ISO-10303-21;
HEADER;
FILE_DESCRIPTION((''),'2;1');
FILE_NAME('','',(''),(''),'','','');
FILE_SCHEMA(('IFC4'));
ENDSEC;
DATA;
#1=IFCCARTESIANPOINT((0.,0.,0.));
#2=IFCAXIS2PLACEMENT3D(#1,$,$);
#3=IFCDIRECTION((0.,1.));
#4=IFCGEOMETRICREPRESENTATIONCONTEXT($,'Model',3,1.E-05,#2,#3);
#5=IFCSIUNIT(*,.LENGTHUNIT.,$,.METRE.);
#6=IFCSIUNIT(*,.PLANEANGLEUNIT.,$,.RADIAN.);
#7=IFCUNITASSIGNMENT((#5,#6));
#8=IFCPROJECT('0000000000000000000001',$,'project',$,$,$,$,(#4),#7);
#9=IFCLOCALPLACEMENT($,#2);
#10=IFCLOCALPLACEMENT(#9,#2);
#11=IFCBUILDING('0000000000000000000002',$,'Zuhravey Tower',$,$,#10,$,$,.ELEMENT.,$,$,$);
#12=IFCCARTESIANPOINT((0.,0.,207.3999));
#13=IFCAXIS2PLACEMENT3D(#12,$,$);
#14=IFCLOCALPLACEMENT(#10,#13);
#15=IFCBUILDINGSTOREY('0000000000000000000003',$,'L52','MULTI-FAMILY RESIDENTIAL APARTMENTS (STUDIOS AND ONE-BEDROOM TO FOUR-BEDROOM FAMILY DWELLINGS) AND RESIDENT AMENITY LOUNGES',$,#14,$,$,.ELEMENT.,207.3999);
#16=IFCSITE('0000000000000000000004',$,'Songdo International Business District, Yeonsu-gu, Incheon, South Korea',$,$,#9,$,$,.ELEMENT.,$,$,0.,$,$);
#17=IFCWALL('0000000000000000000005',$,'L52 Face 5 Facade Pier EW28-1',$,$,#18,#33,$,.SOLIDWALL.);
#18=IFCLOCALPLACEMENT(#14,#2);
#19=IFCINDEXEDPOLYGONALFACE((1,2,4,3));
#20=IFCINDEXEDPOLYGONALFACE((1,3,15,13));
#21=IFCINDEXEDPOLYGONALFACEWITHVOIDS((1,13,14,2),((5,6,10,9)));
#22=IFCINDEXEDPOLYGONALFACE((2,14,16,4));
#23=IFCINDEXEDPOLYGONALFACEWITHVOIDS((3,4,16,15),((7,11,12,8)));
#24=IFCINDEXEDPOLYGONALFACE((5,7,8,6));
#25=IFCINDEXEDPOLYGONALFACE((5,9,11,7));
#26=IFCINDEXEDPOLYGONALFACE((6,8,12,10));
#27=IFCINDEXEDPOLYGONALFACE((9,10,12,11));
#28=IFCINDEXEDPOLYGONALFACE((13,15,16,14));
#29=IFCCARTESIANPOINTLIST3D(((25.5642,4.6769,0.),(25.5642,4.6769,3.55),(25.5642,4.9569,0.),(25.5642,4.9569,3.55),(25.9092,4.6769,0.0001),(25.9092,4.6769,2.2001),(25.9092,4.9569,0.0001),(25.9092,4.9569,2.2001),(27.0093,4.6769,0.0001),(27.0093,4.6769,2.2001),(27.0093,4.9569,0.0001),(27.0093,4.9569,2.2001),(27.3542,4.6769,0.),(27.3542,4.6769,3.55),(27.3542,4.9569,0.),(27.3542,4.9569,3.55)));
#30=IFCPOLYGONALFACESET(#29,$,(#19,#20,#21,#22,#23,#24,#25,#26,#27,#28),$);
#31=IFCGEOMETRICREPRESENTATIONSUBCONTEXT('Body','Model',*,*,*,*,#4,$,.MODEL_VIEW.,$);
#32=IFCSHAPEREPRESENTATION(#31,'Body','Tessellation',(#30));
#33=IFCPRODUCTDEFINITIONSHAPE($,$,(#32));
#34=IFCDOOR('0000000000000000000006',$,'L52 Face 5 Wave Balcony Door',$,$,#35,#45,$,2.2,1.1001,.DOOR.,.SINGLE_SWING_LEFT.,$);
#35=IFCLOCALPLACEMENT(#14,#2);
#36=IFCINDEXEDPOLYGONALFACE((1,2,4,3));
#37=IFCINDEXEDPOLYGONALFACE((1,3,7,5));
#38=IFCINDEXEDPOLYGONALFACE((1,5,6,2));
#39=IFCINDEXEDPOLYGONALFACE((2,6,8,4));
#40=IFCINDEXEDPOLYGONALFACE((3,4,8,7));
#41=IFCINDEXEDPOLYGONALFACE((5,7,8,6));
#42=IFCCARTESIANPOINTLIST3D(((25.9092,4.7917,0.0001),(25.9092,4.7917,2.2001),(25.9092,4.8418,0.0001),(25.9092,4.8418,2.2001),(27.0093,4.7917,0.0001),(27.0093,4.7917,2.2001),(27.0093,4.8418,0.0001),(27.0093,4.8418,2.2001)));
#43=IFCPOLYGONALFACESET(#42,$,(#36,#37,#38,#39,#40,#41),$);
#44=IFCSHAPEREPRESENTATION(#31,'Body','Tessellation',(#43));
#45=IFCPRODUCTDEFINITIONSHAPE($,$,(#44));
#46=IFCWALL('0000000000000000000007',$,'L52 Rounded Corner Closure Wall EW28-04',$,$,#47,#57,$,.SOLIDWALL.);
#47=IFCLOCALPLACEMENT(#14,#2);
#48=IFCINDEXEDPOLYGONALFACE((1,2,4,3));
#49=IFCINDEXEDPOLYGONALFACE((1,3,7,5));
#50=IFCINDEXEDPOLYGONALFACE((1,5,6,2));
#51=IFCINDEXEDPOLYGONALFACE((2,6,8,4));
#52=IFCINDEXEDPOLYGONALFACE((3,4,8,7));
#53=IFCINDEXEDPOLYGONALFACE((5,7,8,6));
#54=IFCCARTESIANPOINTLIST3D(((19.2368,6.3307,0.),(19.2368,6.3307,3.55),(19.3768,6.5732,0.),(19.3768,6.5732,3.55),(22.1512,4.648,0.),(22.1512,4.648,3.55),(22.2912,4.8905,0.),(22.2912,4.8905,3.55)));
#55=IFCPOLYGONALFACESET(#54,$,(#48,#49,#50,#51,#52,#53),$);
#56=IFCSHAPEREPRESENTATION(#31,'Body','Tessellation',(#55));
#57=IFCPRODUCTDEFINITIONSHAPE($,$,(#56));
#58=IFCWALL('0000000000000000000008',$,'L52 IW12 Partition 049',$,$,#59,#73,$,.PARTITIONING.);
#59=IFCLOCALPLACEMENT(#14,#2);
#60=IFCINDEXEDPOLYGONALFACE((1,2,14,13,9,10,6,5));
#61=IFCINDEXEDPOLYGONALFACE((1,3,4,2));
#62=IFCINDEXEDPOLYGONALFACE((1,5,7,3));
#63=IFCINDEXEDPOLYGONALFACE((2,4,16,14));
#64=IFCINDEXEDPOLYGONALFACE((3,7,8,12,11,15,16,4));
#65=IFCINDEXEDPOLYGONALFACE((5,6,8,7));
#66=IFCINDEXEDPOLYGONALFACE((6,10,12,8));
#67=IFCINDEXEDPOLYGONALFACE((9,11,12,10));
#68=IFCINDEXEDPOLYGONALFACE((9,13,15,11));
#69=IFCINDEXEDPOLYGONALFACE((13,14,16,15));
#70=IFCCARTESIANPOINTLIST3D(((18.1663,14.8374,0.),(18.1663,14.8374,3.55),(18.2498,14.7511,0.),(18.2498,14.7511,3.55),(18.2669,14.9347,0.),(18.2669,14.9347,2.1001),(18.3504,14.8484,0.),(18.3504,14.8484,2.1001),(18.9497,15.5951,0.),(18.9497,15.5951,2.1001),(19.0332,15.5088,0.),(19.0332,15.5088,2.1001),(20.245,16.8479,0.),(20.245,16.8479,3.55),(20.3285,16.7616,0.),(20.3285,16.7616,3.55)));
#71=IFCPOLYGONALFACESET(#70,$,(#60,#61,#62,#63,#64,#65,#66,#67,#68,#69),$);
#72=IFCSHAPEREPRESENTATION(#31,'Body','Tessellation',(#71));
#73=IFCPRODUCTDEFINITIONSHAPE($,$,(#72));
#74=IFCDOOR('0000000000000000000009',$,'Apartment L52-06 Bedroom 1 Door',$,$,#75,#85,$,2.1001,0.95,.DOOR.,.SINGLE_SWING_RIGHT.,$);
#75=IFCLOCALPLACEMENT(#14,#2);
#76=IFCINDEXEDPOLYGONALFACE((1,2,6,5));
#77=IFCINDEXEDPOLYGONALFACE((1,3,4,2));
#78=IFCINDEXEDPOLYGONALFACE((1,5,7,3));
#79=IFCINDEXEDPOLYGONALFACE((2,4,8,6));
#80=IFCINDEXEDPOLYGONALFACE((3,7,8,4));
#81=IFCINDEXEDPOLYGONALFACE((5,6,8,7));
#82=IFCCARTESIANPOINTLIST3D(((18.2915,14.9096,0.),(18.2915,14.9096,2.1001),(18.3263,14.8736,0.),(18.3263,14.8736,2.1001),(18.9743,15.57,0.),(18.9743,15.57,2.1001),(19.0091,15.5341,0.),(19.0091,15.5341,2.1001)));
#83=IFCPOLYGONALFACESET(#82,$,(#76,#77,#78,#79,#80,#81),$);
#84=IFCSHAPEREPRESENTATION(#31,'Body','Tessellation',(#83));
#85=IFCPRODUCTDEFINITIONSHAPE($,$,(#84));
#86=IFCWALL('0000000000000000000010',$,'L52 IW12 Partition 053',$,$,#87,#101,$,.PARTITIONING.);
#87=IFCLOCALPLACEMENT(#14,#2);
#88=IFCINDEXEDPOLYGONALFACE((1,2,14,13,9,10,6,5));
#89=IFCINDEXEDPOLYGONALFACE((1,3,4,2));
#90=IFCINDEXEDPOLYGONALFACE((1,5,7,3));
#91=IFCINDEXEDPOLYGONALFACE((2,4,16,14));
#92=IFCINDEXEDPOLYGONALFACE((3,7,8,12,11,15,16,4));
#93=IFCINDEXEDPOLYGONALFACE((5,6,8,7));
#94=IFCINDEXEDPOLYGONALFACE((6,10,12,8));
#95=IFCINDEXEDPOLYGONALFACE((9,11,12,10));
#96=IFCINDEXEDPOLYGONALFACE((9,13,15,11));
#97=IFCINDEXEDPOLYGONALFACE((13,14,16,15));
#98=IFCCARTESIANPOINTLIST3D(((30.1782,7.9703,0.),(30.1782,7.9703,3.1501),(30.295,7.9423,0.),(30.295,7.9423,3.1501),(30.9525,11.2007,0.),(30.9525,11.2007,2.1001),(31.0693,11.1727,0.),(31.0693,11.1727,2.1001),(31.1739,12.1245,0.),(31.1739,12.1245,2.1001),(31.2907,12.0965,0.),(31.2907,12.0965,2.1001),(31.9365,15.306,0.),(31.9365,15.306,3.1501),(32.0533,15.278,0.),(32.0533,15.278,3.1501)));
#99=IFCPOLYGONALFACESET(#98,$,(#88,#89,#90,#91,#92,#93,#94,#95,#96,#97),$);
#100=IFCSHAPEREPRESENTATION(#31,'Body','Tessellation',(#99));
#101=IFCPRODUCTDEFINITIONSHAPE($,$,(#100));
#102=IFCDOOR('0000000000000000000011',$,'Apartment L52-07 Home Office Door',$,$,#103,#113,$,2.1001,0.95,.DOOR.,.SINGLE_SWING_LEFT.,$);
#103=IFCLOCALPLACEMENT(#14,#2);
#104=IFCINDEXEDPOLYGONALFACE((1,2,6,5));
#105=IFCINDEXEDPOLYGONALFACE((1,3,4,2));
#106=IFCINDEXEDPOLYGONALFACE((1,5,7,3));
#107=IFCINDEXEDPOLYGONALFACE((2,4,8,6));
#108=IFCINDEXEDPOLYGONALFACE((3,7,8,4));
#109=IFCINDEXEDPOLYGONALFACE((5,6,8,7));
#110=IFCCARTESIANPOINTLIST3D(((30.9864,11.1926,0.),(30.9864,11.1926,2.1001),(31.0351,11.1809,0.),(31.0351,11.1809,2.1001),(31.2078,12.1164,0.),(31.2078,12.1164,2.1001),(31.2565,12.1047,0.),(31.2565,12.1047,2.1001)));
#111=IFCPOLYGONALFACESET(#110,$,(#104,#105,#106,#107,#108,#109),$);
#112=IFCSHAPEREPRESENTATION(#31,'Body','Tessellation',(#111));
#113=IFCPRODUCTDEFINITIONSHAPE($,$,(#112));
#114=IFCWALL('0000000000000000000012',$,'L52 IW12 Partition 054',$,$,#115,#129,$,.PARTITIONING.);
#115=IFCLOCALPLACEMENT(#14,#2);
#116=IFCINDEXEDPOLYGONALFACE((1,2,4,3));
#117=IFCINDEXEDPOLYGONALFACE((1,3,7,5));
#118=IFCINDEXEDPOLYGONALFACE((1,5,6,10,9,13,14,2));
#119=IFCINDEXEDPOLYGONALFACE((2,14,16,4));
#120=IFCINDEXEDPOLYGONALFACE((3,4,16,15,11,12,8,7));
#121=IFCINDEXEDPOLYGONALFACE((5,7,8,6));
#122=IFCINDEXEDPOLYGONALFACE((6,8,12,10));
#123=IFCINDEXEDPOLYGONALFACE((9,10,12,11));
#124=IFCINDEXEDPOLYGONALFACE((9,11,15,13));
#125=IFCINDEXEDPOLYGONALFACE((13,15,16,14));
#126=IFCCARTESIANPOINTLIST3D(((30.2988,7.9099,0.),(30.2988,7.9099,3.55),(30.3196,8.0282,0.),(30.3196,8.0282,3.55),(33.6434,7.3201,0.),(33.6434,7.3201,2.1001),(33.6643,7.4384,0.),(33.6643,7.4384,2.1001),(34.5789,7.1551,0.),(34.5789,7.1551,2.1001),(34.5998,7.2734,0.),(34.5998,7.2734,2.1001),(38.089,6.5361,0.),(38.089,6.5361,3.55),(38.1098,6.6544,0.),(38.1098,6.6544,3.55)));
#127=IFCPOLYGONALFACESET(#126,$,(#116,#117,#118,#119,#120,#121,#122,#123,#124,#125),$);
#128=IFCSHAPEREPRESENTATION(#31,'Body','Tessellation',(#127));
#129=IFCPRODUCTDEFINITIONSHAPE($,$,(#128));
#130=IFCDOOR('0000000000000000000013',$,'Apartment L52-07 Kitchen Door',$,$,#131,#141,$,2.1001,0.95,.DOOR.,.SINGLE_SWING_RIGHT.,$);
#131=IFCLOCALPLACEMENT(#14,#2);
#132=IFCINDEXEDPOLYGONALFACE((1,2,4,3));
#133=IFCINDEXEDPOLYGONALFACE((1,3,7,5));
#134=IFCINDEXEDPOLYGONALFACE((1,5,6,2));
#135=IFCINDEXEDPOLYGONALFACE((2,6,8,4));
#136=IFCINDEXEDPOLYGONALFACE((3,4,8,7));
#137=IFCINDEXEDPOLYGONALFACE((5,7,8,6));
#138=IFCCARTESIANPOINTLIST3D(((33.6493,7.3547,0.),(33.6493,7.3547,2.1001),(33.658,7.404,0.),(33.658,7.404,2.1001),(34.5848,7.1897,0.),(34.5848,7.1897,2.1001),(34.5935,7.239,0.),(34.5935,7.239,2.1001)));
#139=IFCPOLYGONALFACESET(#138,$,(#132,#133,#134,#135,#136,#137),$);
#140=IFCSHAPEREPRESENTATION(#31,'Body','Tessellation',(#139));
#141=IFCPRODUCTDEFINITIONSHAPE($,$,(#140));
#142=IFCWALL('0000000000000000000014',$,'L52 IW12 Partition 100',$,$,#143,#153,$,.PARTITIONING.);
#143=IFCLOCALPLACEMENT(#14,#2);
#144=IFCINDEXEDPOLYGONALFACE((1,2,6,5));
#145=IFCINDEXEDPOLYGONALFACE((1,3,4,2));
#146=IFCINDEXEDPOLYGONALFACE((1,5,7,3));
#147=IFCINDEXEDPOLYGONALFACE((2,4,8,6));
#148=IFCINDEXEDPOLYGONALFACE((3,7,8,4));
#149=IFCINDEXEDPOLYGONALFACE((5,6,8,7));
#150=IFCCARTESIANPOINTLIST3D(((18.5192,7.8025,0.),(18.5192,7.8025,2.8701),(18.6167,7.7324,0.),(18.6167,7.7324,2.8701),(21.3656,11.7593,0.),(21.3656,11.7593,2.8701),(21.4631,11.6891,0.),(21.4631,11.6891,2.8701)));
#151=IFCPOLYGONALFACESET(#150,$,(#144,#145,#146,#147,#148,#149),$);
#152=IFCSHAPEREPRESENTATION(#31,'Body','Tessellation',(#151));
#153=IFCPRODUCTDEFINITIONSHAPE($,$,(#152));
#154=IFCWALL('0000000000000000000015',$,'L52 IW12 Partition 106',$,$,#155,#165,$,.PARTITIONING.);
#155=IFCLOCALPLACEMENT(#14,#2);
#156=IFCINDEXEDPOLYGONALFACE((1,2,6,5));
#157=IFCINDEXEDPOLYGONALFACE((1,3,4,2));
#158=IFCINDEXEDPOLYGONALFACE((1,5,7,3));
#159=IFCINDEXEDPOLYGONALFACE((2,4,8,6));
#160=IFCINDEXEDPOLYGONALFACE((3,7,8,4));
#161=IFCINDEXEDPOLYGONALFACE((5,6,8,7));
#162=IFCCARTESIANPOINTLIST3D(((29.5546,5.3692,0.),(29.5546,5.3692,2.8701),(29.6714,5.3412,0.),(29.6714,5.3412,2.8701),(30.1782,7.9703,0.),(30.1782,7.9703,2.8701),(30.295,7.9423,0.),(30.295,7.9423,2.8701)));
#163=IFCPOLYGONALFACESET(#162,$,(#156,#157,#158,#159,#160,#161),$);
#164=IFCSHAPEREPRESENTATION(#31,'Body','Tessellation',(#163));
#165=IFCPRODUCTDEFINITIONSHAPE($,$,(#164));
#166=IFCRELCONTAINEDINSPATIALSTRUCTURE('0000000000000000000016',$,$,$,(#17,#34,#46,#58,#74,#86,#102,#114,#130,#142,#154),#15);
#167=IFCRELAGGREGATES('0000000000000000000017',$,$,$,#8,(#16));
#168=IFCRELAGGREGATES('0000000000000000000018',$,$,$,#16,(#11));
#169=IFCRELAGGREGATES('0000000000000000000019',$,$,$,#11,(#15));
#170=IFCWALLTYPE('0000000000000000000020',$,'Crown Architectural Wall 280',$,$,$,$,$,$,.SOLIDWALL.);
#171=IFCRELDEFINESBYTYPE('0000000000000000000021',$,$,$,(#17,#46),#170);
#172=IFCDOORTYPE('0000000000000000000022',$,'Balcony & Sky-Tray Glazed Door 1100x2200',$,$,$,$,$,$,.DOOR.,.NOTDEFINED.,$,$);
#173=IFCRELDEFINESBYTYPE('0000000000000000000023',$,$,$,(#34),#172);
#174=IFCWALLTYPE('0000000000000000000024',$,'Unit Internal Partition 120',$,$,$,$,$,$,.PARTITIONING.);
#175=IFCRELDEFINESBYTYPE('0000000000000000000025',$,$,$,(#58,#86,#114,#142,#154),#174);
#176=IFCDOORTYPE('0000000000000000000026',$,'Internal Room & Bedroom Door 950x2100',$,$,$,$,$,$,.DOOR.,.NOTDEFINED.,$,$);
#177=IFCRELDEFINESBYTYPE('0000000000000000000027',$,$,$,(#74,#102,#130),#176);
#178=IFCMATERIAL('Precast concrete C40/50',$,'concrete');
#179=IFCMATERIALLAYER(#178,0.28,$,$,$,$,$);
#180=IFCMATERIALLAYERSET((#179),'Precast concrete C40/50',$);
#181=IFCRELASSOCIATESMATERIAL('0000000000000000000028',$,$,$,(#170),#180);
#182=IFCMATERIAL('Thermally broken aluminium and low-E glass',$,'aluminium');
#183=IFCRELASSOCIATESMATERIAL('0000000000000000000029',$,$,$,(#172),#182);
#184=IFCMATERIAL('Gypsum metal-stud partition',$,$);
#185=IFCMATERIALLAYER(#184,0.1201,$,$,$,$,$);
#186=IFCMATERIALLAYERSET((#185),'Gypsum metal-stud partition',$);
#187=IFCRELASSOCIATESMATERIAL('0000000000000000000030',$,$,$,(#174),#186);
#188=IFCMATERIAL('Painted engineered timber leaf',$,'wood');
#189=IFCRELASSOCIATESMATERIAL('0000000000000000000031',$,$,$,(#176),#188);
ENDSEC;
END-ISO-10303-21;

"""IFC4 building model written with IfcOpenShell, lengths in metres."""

from ifc_helpers import new_model, si_unit, direction, frame, frame_2d, origin, place, context, subcontext, project, spatial, rectangle, extrude, material, layer, layer_set, type_object, element, fill, save


model = new_model("IFC4")

# Units and contexts
model_context = context("Model", 3, precision=1e-05, world=origin(), true_north=direction((0.0, 1.0)))
body_context = subcontext(model_context, "Body", "Model", "MODEL_VIEW")
ifc_project = project(units=[si_unit("LENGTHUNIT", "METRE"), si_unit("PLANEANGLEUNIT", "RADIAN")], contexts=[model_context])

# Site, building, storey
site_placement = place(None, origin())
site = spatial("IfcSite", under=ifc_project, at=site_placement, Name="Songdo International Business District, Yeonsu-gu, Incheon, South Korea", CompositionType="ELEMENT", RefElevation=0.0)
building_placement = place(site_placement, origin())
building = spatial("IfcBuilding", under=site, at=building_placement, Name="Zuhravey Tower", CompositionType="ELEMENT")
storey_placement = place(building_placement, frame((0.0, 0.0, 207.3999)))
storey = spatial("IfcBuildingStorey", under=building, at=storey_placement, Name="L52", Description="MULTI-FAMILY RESIDENTIAL APARTMENTS (STUDIOS AND ONE-BEDROOM TO FOUR-BEDROOM FAMILY DWELLINGS) AND RESIDENT AMENITY LOUNGES", CompositionType="ELEMENT", Elevation=207.3999)

# Wall, opening, door
ifc_material_1 = material(Name="Precast concrete C40/50", Category="concrete")
ifc_layer_1 = layer(ifc_material_1, 0.28)
ifc_layer_set_1 = layer_set([ifc_layer_1], Name="Precast concrete C40/50")
wall_type_1 = type_object("IfcWallType", Name="Crown Architectural Wall 280", PredefinedType="SOLIDWALL", material=ifc_layer_set_1)
wall_1_placement = place(storey_placement, frame((27.3542, 4.8169, 0.0), z_axis=(0.0, 0.0, 1.0), x_axis=(-1.0, 0.0, 0.0)))
wall_1 = element("IfcWall", 1, at=wall_1_placement, inside=storey, type_object=wall_type_1, Name="L52 Face 5 Facade Pier EW28-1", PredefinedType="SOLIDWALL", context=body_context, shape_type="SweptSolid", body=[
    extrude(rectangle(XDim=1.79, YDim=0.28, at=frame_2d((0.895, 0.0))), origin(), (0.0, 0.0, 1.0), 3.55),
])
opening_1_placement = place(wall_1_placement, frame((0.345, 0.0, 0.0)))
opening_1 = element("IfcOpeningElement", 2, at=opening_1_placement, cuts=wall_1, PredefinedType="OPENING", context=body_context, shape_type="SweptSolid", body=[
    extrude(rectangle(XDim=1.1001, YDim=2.2, at=frame_2d((0.55, 1.1001))), frame((0.0, 0.1521, 0.0), z_axis=(0.0, -1.0, 0.0), x_axis=(1.0, 0.0, 0.0)), (0.0, 0.0, 1.0), 0.304),
])
ifc_material_2 = material(Name="Thermally broken aluminium and low-E glass", Category="aluminium")
door_type_1 = type_object("IfcDoorType", Name="Balcony & Sky-Tray Glazed Door 1100x2200", OperationType="NOTDEFINED", PredefinedType="DOOR", material=ifc_material_2)
door_1_placement = place(opening_1_placement, frame((1.1001, 0.0, 0.0), z_axis=(0.0, 0.0, 1.0), x_axis=(-1.0, 0.0, 0.0)))
door_1 = element("IfcDoor", 3, at=door_1_placement, inside=storey, type_object=door_type_1, Name="L52 Face 5 Wave Balcony Door", OperationType="SINGLE_SWING_LEFT", OverallHeight=2.2, OverallWidth=1.1001, PredefinedType="DOOR", context=body_context, shape_type="SweptSolid", body=[
    extrude(rectangle(XDim=1.1001, YDim=2.2, at=frame_2d((0.55, 1.1001))), frame((0.0, 0.0249, 0.0), z_axis=(0.0, -1.0, 0.0), x_axis=(1.0, 0.0, 0.0)), (0.0, 0.0, 1.0), 0.05),
])
fill(opening_1, door_1)

# Wall
wall_2_placement = place(storey_placement, frame((22.2212, 4.7693, 0.0), z_axis=(0.0, 0.0, 1.0), x_axis=(-0.86602, 0.500009, 0.0)))
element("IfcWall", 4, at=wall_2_placement, inside=storey, type_object=wall_type_1, Name="L52 Rounded Corner Closure Wall EW28-04", PredefinedType="SOLIDWALL", context=body_context, shape_type="SweptSolid", body=[
    extrude(rectangle(XDim=3.3652, YDim=0.28, at=frame_2d((1.6826, 0.0))), origin(), (0.0, 0.0, 1.0), 3.55),
])

# Walls, openings, doors
ifc_material_3 = material(Name="Gypsum metal-stud partition")
ifc_layer_2 = layer(ifc_material_3, 0.1201)
ifc_layer_set_2 = layer_set([ifc_layer_2], Name="Gypsum metal-stud partition")
wall_type_2 = type_object("IfcWallType", Name="Unit Internal Partition 120", PredefinedType="PARTITIONING", material=ifc_layer_set_2)
wall_3_placement = place(storey_placement, frame((20.2866, 16.8047, 0.0), z_axis=(0.0, 0.0, 1.0), x_axis=(-0.718786, -0.695232, 0.0)))
wall_3 = element("IfcWall", 5, at=wall_3_placement, inside=storey, type_object=wall_type_2, Name="L52 IW12 Partition 049", PredefinedType="PARTITIONING", context=body_context, shape_type="SweptSolid", body=[
    extrude(rectangle(XDim=2.8918, YDim=0.1201, at=frame_2d((1.4458, 0.0))), origin(), (0.0, 0.0, 1.0), 3.55),
])
opening_2_placement = place(wall_3_placement, frame((1.8018, 0.0, 0.0)))
opening_2 = element("IfcOpeningElement", 6, at=opening_2_placement, cuts=wall_3, PredefinedType="OPENING", context=body_context, shape_type="SweptSolid", body=[
    extrude(rectangle(XDim=0.95, YDim=2.1001, at=frame_2d((0.4751, 1.05))), frame((0.0, 0.072, 0.0), z_axis=(0.0, -1.0, 0.0), x_axis=(1.0, 0.0, 0.0)), (0.0, 0.0, 1.0), 0.144),
])
ifc_material_4 = material(Name="Painted engineered timber leaf", Category="wood")
door_type_2 = type_object("IfcDoorType", Name="Internal Room & Bedroom Door 950x2100", OperationType="NOTDEFINED", PredefinedType="DOOR", material=ifc_material_4)
door_2_placement = place(opening_2_placement, frame((0.95, 0.0, 0.0), z_axis=(0.0, 0.0, 1.0), x_axis=(-1.0, 0.0, 0.0)))
door_2 = element("IfcDoor", 7, at=door_2_placement, inside=storey, type_object=door_type_2, Name="Apartment L52-06 Bedroom 1 Door", OperationType="SINGLE_SWING_RIGHT", OverallHeight=2.1001, OverallWidth=0.95, PredefinedType="DOOR", context=body_context, shape_type="SweptSolid", body=[
    extrude(rectangle(XDim=0.95, YDim=2.1001, at=frame_2d((0.4751, 1.05))), frame((0.0, 0.0249, 0.0), z_axis=(0.0, -1.0, 0.0), x_axis=(1.0, 0.0, 0.0)), (0.0, 0.0, 1.0), 0.05),
])
fill(opening_2, door_2)
wall_4_placement = place(storey_placement, frame((31.9949, 15.292, 0.0), z_axis=(0.0, 0.0, 1.0), x_axis=(-0.233089, -0.972455, 0.0)))
wall_4 = element("IfcWall", 8, at=wall_4_placement, inside=storey, type_object=wall_type_2, Name="L52 IW12 Partition 053", PredefinedType="PARTITIONING", context=body_context, shape_type="SweptSolid", body=[
    extrude(rectangle(XDim=7.5435, YDim=0.1201, at=frame_2d((3.7717, 0.0))), origin(), (0.0, 0.0, 1.0), 3.1501),
])
opening_3_placement = place(wall_4_placement, frame((3.2715, 0.0, 0.0)))
opening_3 = element("IfcOpeningElement", 9, at=opening_3_placement, cuts=wall_4, PredefinedType="OPENING", context=body_context, shape_type="SweptSolid", body=[
    extrude(rectangle(XDim=0.95, YDim=2.1001, at=frame_2d((0.4751, 1.05))), frame((0.0, 0.072, 0.0), z_axis=(0.0, -1.0, 0.0), x_axis=(1.0, 0.0, 0.0)), (0.0, 0.0, 1.0), 0.144),
])
door_3_placement = place(opening_3_placement, origin())
door_3 = element("IfcDoor", 10, at=door_3_placement, inside=storey, type_object=door_type_2, Name="Apartment L52-07 Home Office Door", OperationType="SINGLE_SWING_LEFT", OverallHeight=2.1001, OverallWidth=0.95, PredefinedType="DOOR", context=body_context, shape_type="SweptSolid", body=[
    extrude(rectangle(XDim=0.95, YDim=2.1001, at=frame_2d((0.4751, 1.05))), frame((0.0, 0.0249, 0.0), z_axis=(0.0, -1.0, 0.0), x_axis=(1.0, 0.0, 0.0)), (0.0, 0.0, 1.0), 0.05),
])
fill(opening_3, door_3)
wall_5_placement = place(storey_placement, frame((30.3093, 7.969, 0.0), z_axis=(0.0, 0.0, 1.0), x_axis=(0.984805, -0.173666, 0.0)))
wall_5 = element("IfcWall", 11, at=wall_5_placement, inside=storey, type_object=wall_type_2, Name="L52 IW12 Partition 054", PredefinedType="PARTITIONING", context=body_context, shape_type="SweptSolid", body=[
    extrude(rectangle(XDim=7.9104, YDim=0.1201, at=frame_2d((3.9551, 0.0))), origin(), (0.0, 0.0, 1.0), 3.55),
])
opening_4_placement = place(wall_5_placement, frame((3.396, 0.0, 0.0)))
opening_4 = element("IfcOpeningElement", 12, at=opening_4_placement, cuts=wall_5, PredefinedType="OPENING", context=body_context, shape_type="SweptSolid", body=[
    extrude(rectangle(XDim=0.95, YDim=2.1001, at=frame_2d((0.4751, 1.05))), frame((0.0, 0.072, 0.0), z_axis=(0.0, -1.0, 0.0), x_axis=(1.0, 0.0, 0.0)), (0.0, 0.0, 1.0), 0.144),
])
door_4_placement = place(opening_4_placement, frame((0.95, 0.0, 0.0), z_axis=(0.0, 0.0, 1.0), x_axis=(-1.0, 0.0, 0.0)))
door_4 = element("IfcDoor", 13, at=door_4_placement, inside=storey, type_object=door_type_2, Name="Apartment L52-07 Kitchen Door", OperationType="SINGLE_SWING_RIGHT", OverallHeight=2.1001, OverallWidth=0.95, PredefinedType="DOOR", context=body_context, shape_type="SweptSolid", body=[
    extrude(rectangle(XDim=0.95, YDim=2.1001, at=frame_2d((0.4751, 1.05))), frame((0.0, 0.0249, 0.0), z_axis=(0.0, -1.0, 0.0), x_axis=(1.0, 0.0, 0.0)), (0.0, 0.0, 1.0), 0.05),
])
fill(opening_4, door_4)

# Walls
wall_6_placement = place(storey_placement, frame((21.4143, 11.7241, 0.0), z_axis=(0.0, 0.0, 1.0), x_axis=(-0.583973, -0.811773, 0.0)))
element("IfcWall", 14, at=wall_6_placement, inside=storey, type_object=wall_type_2, Name="L52 IW12 Partition 100", PredefinedType="PARTITIONING", context=body_context, shape_type="SweptSolid", body=[
    extrude(rectangle(XDim=4.8743, YDim=0.1201, at=frame_2d((2.437, 0.0))), origin(), (0.0, 0.0, 1.0), 2.8701),
])
wall_7_placement = place(storey_placement, frame((30.2366, 7.9563, 0.0), z_axis=(0.0, 0.0, 1.0), x_axis=(-0.233117, -0.972449, 0.0)))
element("IfcWall", 15, at=wall_7_placement, inside=storey, type_object=wall_type_2, Name="L52 IW12 Partition 106", PredefinedType="PARTITIONING", context=body_context, shape_type="SweptSolid", body=[
    extrude(rectangle(XDim=2.6748, YDim=0.1201, at=frame_2d((1.3374, 0.0))), origin(), (0.0, 0.0, 1.0), 2.8701),
])

save(model, "model.ifc")
